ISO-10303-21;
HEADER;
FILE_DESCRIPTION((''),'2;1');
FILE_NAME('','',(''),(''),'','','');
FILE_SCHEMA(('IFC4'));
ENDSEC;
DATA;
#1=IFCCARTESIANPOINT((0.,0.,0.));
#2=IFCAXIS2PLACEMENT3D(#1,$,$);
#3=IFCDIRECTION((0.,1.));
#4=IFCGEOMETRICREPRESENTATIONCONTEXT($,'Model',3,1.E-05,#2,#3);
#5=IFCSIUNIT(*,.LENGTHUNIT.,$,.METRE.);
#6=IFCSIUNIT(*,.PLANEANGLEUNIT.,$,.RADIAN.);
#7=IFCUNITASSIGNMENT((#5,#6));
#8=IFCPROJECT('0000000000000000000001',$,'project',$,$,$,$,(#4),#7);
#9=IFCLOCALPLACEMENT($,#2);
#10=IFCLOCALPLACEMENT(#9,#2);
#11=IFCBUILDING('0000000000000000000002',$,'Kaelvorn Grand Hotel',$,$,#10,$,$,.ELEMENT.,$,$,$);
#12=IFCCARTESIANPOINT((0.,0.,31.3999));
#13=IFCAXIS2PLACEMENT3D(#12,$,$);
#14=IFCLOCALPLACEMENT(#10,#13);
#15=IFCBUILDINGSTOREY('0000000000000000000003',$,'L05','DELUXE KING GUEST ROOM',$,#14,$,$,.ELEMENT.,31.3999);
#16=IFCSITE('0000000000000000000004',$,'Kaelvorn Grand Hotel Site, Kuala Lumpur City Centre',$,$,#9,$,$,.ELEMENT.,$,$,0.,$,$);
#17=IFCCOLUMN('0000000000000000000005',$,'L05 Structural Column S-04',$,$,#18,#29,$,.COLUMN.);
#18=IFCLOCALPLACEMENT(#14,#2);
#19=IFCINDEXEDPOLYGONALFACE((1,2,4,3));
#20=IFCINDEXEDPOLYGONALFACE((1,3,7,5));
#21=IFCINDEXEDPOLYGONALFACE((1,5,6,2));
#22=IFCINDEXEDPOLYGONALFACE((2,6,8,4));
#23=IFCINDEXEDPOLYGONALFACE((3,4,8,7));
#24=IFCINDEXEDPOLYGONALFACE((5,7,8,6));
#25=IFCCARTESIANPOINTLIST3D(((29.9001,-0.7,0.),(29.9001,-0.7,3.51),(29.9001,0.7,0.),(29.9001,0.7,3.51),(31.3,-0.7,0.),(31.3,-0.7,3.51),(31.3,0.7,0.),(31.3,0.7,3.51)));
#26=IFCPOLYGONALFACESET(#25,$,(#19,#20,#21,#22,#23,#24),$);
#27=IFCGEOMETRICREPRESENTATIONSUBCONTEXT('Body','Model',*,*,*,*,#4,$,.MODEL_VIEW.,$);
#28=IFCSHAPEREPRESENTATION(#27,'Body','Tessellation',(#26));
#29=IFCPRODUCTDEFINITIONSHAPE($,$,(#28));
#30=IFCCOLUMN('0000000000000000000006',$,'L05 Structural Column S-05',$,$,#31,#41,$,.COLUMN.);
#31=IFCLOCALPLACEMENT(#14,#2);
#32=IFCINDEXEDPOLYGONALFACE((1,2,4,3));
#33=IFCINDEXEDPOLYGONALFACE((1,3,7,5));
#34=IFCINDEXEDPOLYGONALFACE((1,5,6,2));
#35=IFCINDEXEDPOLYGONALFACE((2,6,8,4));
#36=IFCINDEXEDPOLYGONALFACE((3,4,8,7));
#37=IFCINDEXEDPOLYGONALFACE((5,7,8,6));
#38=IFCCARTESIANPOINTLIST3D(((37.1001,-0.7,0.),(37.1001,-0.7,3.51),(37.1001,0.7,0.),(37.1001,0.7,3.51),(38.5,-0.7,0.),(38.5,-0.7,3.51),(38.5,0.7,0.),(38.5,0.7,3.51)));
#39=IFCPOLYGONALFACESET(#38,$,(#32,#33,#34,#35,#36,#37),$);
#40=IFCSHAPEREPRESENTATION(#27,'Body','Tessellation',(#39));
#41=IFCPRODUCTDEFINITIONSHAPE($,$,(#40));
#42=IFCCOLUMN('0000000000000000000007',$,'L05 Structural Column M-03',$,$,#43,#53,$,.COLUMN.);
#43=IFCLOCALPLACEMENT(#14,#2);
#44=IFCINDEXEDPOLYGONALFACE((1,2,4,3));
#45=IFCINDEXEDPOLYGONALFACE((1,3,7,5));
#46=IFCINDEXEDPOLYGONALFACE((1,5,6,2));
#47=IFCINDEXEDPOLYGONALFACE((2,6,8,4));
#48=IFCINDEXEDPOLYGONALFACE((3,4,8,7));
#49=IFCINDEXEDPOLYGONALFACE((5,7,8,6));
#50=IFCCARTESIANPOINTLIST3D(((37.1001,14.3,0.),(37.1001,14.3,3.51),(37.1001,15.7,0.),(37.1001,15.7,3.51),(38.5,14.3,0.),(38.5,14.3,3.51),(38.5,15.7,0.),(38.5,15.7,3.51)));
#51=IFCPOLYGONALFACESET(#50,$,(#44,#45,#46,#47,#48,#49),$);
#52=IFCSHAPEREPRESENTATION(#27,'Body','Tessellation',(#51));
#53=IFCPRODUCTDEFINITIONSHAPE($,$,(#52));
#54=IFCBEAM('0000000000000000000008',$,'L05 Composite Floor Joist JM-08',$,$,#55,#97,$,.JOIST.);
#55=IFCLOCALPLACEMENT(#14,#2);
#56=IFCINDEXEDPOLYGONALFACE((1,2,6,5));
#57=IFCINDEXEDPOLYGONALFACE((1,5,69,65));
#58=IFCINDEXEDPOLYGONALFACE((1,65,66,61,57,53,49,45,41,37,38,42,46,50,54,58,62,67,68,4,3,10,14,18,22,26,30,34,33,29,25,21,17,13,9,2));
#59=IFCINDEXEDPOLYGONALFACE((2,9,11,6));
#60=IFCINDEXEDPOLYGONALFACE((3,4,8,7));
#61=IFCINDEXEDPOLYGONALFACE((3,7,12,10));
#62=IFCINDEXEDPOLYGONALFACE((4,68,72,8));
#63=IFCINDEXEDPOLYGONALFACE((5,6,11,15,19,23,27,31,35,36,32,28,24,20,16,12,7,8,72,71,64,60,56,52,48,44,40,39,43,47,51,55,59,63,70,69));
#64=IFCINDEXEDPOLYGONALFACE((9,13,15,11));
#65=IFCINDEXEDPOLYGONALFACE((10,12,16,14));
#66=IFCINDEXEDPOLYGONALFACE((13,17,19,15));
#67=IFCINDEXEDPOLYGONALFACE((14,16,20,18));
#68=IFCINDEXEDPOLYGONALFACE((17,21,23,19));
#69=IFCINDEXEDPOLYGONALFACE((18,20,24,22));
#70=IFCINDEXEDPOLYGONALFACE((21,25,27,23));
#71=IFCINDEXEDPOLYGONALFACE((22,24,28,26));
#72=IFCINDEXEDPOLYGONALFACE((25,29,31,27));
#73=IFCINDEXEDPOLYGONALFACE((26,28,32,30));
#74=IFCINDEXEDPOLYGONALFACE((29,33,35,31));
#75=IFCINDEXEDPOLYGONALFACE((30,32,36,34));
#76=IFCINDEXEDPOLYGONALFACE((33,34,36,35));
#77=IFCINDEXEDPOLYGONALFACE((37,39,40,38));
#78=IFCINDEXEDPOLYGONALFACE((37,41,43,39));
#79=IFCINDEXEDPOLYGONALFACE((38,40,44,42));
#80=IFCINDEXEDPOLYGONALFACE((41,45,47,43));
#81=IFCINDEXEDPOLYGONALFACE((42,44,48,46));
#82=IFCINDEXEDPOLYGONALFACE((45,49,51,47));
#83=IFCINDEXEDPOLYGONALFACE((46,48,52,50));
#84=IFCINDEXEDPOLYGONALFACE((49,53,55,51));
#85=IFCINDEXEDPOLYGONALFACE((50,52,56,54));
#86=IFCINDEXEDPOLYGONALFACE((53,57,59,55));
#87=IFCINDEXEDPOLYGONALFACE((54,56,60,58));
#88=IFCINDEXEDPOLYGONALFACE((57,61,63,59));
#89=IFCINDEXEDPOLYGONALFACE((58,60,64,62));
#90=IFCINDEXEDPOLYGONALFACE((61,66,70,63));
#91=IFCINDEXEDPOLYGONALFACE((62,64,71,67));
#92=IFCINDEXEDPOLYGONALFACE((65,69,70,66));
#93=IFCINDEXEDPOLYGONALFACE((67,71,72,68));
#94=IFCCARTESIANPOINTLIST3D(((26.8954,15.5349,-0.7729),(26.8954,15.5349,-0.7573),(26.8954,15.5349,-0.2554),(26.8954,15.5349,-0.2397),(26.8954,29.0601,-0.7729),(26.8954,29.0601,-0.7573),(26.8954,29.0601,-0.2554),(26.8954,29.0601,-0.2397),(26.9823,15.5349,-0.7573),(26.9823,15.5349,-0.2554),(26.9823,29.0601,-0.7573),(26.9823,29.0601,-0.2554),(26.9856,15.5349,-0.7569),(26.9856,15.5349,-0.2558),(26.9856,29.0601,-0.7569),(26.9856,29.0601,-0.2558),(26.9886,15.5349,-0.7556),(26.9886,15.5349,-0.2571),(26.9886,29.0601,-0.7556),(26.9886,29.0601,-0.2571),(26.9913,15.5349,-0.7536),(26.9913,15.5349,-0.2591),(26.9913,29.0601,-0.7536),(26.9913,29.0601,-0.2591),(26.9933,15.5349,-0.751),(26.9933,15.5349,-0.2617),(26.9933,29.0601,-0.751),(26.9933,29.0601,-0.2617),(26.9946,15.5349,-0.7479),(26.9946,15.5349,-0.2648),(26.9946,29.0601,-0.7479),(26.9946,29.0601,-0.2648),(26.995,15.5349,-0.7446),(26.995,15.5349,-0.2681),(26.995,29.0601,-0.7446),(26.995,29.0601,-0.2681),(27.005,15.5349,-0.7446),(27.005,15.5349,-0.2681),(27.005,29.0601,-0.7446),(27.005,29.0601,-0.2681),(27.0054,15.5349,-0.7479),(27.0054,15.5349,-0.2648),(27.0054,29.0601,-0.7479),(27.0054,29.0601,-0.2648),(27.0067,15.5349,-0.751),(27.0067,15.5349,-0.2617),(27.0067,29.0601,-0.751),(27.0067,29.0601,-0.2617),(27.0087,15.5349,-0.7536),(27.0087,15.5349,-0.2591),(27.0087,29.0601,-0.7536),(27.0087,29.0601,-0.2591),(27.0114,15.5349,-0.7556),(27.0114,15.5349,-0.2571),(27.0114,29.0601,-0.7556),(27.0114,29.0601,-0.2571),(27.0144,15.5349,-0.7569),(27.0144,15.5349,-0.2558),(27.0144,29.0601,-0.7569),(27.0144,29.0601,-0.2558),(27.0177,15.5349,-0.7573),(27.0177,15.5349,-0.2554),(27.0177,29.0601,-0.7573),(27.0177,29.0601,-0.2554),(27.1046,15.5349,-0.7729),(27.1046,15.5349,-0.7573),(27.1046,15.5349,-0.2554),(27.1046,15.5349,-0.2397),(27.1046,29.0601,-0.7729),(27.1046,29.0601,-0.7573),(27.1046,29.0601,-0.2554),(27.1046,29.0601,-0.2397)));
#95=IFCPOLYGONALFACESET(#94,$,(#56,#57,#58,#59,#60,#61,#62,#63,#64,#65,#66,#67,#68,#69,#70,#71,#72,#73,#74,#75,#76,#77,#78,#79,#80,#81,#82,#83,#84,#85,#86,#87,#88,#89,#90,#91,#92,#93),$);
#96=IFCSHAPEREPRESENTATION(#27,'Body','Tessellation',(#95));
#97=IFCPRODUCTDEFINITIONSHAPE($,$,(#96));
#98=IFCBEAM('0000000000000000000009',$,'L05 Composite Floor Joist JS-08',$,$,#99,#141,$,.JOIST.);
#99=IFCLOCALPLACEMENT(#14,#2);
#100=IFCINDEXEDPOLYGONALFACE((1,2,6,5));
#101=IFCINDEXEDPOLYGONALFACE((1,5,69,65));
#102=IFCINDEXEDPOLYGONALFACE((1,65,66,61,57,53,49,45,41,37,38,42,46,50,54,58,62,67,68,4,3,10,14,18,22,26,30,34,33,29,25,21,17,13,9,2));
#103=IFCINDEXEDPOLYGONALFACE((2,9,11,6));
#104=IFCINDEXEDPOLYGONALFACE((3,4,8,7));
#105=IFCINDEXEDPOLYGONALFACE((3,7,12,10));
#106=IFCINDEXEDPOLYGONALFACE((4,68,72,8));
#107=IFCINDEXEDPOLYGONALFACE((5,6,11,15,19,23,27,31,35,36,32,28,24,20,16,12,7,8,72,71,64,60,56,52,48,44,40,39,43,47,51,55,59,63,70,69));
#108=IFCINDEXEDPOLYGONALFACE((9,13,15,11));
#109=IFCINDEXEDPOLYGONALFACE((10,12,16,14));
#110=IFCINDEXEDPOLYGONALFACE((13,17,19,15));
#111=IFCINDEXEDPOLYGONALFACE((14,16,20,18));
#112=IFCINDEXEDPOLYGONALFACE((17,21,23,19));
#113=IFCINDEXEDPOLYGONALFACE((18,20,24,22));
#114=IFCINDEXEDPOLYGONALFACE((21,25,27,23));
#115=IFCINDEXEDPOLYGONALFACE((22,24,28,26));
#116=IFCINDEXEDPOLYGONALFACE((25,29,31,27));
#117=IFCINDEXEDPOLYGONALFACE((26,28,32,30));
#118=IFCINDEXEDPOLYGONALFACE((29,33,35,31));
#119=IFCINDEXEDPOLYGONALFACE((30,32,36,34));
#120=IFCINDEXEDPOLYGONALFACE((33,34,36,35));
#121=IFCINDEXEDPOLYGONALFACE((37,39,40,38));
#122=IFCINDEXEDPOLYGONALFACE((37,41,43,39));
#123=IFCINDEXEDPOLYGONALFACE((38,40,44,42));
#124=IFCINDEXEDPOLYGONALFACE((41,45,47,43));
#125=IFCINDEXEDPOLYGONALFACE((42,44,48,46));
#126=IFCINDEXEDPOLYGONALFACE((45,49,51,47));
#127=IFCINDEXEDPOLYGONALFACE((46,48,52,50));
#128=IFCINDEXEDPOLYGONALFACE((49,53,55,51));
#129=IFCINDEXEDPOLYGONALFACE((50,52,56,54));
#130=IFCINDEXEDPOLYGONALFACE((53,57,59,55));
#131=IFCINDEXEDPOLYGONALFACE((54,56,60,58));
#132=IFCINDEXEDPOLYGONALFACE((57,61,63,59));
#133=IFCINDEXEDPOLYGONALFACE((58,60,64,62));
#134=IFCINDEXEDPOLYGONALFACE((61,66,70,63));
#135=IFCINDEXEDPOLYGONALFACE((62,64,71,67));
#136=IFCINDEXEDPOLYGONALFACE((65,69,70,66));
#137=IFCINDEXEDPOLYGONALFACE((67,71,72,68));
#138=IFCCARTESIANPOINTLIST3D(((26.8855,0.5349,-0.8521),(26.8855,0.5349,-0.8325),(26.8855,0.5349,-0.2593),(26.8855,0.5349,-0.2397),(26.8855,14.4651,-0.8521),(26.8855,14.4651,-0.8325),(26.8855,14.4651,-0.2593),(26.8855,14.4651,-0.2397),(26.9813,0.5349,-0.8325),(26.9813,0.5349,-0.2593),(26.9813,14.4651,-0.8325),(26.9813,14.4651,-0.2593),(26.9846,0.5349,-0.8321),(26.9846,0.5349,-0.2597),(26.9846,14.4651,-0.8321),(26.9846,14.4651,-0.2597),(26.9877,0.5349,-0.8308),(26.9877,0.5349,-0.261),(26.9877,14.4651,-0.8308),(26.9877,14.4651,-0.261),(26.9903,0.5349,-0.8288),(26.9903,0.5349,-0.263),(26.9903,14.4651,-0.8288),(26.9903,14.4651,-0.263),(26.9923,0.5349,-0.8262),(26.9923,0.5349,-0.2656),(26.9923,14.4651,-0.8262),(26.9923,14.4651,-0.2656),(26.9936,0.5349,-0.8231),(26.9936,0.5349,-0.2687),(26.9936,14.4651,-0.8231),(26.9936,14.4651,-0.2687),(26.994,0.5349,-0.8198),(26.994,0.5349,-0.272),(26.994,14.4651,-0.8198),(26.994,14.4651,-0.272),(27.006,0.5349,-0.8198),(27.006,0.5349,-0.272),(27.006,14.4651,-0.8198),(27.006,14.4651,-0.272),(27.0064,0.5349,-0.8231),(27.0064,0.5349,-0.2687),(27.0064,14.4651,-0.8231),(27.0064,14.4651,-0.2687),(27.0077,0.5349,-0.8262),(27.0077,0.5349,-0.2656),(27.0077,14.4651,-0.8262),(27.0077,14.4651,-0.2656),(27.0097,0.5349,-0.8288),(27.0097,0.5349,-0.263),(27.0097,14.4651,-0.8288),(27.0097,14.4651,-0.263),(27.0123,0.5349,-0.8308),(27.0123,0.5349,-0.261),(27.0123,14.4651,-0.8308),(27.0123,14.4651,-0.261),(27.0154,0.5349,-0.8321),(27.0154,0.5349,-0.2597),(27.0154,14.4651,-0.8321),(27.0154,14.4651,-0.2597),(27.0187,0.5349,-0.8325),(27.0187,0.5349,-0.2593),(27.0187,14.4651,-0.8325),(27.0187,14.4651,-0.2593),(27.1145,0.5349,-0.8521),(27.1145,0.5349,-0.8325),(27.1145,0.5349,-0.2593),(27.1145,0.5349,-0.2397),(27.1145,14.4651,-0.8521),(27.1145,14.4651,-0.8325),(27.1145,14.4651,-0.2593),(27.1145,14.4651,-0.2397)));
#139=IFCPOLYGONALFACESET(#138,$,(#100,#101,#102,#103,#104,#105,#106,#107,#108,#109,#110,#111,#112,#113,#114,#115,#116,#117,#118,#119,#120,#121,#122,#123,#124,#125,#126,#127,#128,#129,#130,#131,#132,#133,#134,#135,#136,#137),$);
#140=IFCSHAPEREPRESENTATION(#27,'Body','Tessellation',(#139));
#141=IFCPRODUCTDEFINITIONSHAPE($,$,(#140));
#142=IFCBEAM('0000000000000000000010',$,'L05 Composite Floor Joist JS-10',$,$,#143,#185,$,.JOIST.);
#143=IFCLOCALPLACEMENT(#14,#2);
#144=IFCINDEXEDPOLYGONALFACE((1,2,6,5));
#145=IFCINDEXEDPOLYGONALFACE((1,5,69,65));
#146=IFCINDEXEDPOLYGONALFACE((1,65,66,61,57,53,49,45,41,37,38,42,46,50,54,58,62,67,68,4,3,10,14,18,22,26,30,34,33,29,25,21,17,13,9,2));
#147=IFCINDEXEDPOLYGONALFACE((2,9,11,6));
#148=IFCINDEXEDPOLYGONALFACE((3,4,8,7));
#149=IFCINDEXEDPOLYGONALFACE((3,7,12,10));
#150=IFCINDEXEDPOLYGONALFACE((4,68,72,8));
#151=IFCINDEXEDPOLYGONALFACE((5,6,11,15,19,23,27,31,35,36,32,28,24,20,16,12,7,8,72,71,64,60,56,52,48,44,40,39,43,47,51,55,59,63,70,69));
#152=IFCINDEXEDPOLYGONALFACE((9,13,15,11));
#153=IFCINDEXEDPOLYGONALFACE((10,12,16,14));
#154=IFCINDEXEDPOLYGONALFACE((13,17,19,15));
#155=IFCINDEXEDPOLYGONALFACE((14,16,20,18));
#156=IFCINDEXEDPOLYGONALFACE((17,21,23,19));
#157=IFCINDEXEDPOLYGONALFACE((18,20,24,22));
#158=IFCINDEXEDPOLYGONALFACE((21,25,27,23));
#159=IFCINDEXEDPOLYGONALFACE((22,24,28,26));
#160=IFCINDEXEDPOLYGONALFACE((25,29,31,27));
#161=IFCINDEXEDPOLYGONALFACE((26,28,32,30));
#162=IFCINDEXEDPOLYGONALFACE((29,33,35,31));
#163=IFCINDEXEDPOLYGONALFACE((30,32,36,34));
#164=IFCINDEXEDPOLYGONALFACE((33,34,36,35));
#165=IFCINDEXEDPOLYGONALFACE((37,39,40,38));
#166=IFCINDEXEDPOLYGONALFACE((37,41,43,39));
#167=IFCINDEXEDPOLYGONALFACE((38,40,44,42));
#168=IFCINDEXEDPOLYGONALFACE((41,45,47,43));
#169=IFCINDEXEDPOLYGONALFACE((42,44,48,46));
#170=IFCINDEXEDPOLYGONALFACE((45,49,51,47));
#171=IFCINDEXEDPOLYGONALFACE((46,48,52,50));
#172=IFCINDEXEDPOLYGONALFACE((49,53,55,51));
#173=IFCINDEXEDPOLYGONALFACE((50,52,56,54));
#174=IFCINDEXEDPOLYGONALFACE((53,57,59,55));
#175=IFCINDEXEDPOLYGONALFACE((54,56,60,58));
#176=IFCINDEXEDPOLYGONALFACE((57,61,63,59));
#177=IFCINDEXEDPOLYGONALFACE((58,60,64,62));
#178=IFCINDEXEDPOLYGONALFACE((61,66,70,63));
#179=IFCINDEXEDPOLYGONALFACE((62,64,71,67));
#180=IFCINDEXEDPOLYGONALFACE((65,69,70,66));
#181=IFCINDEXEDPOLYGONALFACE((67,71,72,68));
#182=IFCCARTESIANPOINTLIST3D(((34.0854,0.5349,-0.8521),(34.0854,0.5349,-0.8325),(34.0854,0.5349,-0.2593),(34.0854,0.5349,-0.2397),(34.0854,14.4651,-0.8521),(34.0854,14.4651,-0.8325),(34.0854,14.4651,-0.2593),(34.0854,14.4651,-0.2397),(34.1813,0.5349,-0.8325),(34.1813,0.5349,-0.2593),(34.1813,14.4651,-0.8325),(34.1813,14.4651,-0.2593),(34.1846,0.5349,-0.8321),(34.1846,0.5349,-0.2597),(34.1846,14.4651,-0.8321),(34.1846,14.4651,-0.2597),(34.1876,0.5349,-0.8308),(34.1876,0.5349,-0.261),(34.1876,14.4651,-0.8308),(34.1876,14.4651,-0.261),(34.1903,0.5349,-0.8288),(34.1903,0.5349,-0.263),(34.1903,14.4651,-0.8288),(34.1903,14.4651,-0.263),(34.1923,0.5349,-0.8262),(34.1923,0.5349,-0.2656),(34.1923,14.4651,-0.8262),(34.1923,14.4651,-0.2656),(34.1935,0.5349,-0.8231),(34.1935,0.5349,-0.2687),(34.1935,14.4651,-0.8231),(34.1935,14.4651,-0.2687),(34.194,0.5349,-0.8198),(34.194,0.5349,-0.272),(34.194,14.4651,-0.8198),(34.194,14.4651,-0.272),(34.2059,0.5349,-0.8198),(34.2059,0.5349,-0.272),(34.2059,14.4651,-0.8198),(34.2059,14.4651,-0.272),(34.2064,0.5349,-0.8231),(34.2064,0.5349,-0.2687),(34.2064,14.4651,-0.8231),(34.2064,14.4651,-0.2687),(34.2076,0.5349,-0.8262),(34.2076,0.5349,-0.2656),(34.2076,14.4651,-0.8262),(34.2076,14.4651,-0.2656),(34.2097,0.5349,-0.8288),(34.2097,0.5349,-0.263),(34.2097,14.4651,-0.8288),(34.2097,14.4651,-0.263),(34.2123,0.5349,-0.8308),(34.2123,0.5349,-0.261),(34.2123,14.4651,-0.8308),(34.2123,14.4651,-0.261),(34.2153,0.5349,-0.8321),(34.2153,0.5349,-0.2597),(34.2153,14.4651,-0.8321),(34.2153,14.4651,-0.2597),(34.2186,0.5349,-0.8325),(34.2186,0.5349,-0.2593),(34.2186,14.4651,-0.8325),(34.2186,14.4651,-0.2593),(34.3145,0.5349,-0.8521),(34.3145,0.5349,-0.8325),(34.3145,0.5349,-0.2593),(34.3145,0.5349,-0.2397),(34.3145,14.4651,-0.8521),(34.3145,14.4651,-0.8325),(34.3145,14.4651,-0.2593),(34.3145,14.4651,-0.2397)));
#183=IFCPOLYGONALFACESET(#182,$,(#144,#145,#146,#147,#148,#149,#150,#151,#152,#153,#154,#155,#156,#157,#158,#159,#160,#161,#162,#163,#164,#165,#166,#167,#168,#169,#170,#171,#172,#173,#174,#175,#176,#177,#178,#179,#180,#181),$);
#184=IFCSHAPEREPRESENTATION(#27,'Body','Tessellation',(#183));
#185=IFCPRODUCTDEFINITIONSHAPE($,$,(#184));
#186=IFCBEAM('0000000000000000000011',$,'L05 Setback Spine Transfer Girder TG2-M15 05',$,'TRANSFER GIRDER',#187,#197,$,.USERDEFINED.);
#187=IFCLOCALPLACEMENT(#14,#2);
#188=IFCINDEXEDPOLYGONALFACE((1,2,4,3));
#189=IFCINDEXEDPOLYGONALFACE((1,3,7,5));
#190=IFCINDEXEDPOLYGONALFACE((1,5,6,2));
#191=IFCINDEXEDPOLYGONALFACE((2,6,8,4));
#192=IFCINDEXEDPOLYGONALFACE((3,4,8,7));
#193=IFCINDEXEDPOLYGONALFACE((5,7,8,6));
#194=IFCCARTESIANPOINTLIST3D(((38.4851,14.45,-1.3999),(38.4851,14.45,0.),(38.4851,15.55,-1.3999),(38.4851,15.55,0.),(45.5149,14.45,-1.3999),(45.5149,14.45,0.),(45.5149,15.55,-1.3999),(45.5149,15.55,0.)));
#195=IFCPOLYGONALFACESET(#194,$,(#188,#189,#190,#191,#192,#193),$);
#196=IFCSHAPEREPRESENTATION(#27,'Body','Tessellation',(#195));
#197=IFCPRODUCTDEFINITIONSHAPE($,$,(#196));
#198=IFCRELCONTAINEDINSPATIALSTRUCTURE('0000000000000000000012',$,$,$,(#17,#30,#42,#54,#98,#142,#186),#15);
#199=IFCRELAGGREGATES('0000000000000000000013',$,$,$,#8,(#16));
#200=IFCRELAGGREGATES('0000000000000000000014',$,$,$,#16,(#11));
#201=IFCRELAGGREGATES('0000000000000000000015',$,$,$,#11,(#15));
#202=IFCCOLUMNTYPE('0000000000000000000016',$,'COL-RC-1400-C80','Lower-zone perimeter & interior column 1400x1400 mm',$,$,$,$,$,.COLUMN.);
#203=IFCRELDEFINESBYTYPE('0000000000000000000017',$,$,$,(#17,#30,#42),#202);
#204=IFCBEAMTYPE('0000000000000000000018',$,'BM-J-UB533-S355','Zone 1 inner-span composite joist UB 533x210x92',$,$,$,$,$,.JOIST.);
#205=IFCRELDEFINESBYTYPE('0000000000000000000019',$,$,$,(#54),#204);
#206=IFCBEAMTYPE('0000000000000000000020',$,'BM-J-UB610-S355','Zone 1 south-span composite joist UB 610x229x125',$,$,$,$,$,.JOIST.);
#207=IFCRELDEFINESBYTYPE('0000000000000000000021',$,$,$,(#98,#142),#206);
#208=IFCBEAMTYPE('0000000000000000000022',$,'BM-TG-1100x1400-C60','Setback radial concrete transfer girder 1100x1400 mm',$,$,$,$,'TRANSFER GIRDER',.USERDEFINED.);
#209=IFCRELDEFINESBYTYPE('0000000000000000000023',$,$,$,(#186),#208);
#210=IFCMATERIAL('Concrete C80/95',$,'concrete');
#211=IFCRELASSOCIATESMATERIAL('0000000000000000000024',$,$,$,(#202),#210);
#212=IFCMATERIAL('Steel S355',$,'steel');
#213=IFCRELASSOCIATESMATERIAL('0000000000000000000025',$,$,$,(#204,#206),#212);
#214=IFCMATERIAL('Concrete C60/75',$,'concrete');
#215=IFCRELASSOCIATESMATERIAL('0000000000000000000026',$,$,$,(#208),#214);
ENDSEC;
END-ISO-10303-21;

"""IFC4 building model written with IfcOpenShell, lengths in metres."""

from ifc_helpers import new_model, si_unit, direction, frame, origin, origin_2d, place, context, subcontext, project, spatial, rectangle, i_section, extrude, material, material_profile, profile_set, type_object, element, save


model = new_model("IFC4")

# Units and contexts
model_context = context("Model", 3, precision=1e-05, world=origin(), true_north=direction((0.0, 1.0)))
body_context = subcontext(model_context, "Body", "Model", "MODEL_VIEW")
ifc_project = project(units=[si_unit("LENGTHUNIT", "METRE"), si_unit("PLANEANGLEUNIT", "RADIAN")], contexts=[model_context])

# Site, building, storey
site_placement = place(None, origin())
site = spatial("IfcSite", under=ifc_project, at=site_placement, Name="Kaelvorn Grand Hotel Site, Kuala Lumpur City Centre", CompositionType="ELEMENT", RefElevation=0.0)
building_placement = place(site_placement, origin())
building = spatial("IfcBuilding", under=site, at=building_placement, Name="Kaelvorn Grand Hotel", CompositionType="ELEMENT")
storey_placement = place(building_placement, frame((0.0, 0.0, 31.3999)))
storey = spatial("IfcBuildingStorey", under=building, at=storey_placement, Name="L05", Description="DELUXE KING GUEST ROOM", CompositionType="ELEMENT", Elevation=31.3999)

# Columns
ifc_material_1 = material(Name="Concrete C80/95", Category="concrete")
ifc_material_profile_1 = material_profile(ifc_material_1, rectangle(XDim=1.3999, YDim=1.3999, at=origin_2d()), Name="RC COL 1400x1400")
ifc_profile_set_1 = profile_set([ifc_material_profile_1], Name="Concrete C80/95")
column_type = type_object("IfcColumnType", Name="COL-RC-1400-C80", Description="Lower-zone perimeter & interior column 1400x1400 mm", PredefinedType="COLUMN", material=ifc_profile_set_1)
for number, where, z_axis, x_axis, name in (
    (1, (30.6001, 0.0, 0.0), (0.0, 0.0, 1.0), (1.0, 0.0, 0.0), "L05 Structural Column S-04"),
    (2, (37.8, 0.0, 0.0), (0.0, 0.0, 1.0), (1.0, 0.0, 0.0), "L05 Structural Column S-05"),
    (3, (37.8, 15.0, 0.0), (0.0, 0.0, 1.0), (1.0, 0.0, 0.0), "L05 Structural Column M-03"),
):
    element("IfcColumn", number, at=place(storey_placement, frame(where, z_axis=z_axis, x_axis=x_axis)), inside=storey, type_object=column_type, Name=name, PredefinedType="COLUMN", context=body_context, shape_type="SweptSolid", body=[
        extrude(rectangle(XDim=1.3999, YDim=1.3999, at=origin_2d()), origin(), (0.0, 0.0, 1.0), 3.51),
    ])

# Beams
ifc_material_2 = material(Name="Steel S355", Category="steel")
ifc_material_profile_2 = material_profile(ifc_material_2, i_section(OverallWidth=0.2092, OverallDepth=0.5332, WebThickness=0.01, FlangeThickness=0.0156, FilletRadius=0.0127, at=origin_2d()), Name="UB 533x210x92")
ifc_profile_set_2 = profile_set([ifc_material_profile_2], Name="Steel S355")
beam_type_1 = type_object("IfcBeamType", Name="BM-J-UB533-S355", Description="Zone 1 inner-span composite joist UB 533x210x92", PredefinedType="JOIST", material=ifc_profile_set_2)
beam_1_placement = place(storey_placement, frame((27.0, 15.5349, -0.5063), z_axis=(0.0, 1.0, 0.0), x_axis=(-1.0, 0.0, 0.0)))
element("IfcBeam", 4, at=beam_1_placement, inside=storey, type_object=beam_type_1, Name="L05 Composite Floor Joist JM-08", PredefinedType="JOIST", context=body_context, shape_type="SweptSolid", body=[
    extrude(i_section(OverallWidth=0.2092, OverallDepth=0.5332, WebThickness=0.01, FlangeThickness=0.0156, FilletRadius=0.0127, at=origin_2d()), origin(), (0.0, 0.0, 1.0), 13.5251),
])
ifc_material_profile_3 = material_profile(ifc_material_2, i_section(OverallWidth=0.229, OverallDepth=0.6123, WebThickness=0.012, FlangeThickness=0.0195, FilletRadius=0.0127, at=origin_2d()), Name="UB 610x229x125")
ifc_profile_set_3 = profile_set([ifc_material_profile_3], Name="Steel S355")
beam_type_2 = type_object("IfcBeamType", Name="BM-J-UB610-S355", Description="Zone 1 south-span composite joist UB 610x229x125", PredefinedType="JOIST", material=ifc_profile_set_3)
for number, where, z_axis, x_axis, name in (
    (5, (27.0, 0.5349, -0.5459), (0.0, 1.0, 0.0), (-1.0, 0.0, 0.0), "L05 Composite Floor Joist JS-08"),
    (6, (34.2, 0.5349, -0.5459), (0.0, 1.0, 0.0), (-1.0, 0.0, 0.0), "L05 Composite Floor Joist JS-10"),
):
    element("IfcBeam", number, at=place(storey_placement, frame(where, z_axis=z_axis, x_axis=x_axis)), inside=storey, type_object=beam_type_2, Name=name, PredefinedType="JOIST", context=body_context, shape_type="SweptSolid", body=[
        extrude(i_section(OverallWidth=0.229, OverallDepth=0.6123, WebThickness=0.012, FlangeThickness=0.0195, FilletRadius=0.0127, at=origin_2d()), origin(), (0.0, 0.0, 1.0), 13.9302),
    ])
ifc_material_3 = material(Name="Concrete C60/75", Category="concrete")
ifc_material_profile_4 = material_profile(ifc_material_3, rectangle(XDim=1.1001, YDim=1.3999, at=origin_2d()), Name="RC TG 1100x1400")
ifc_profile_set_4 = profile_set([ifc_material_profile_4], Name="Concrete C60/75")
beam_type_3 = type_object("IfcBeamType", Name="BM-TG-1100x1400-C60", Description="Setback radial concrete transfer girder 1100x1400 mm", ElementType="TRANSFER GIRDER", PredefinedType="USERDEFINED", material=ifc_profile_set_4)
beam_2_placement = place(storey_placement, frame((38.4851, 15.0, -0.7), z_axis=(1.0, 0.0, 0.0), x_axis=(0.0, 1.0, 0.0)))
element("IfcBeam", 7, at=beam_2_placement, inside=storey, type_object=beam_type_3, Name="L05 Setback Spine Transfer Girder TG2-M15 05", ObjectType="TRANSFER GIRDER", PredefinedType="USERDEFINED", context=body_context, shape_type="SweptSolid", body=[
    extrude(rectangle(XDim=1.1001, YDim=1.3999, at=origin_2d()), origin(), (0.0, 0.0, 1.0), 7.0298),
])

save(model, "model.ifc")
